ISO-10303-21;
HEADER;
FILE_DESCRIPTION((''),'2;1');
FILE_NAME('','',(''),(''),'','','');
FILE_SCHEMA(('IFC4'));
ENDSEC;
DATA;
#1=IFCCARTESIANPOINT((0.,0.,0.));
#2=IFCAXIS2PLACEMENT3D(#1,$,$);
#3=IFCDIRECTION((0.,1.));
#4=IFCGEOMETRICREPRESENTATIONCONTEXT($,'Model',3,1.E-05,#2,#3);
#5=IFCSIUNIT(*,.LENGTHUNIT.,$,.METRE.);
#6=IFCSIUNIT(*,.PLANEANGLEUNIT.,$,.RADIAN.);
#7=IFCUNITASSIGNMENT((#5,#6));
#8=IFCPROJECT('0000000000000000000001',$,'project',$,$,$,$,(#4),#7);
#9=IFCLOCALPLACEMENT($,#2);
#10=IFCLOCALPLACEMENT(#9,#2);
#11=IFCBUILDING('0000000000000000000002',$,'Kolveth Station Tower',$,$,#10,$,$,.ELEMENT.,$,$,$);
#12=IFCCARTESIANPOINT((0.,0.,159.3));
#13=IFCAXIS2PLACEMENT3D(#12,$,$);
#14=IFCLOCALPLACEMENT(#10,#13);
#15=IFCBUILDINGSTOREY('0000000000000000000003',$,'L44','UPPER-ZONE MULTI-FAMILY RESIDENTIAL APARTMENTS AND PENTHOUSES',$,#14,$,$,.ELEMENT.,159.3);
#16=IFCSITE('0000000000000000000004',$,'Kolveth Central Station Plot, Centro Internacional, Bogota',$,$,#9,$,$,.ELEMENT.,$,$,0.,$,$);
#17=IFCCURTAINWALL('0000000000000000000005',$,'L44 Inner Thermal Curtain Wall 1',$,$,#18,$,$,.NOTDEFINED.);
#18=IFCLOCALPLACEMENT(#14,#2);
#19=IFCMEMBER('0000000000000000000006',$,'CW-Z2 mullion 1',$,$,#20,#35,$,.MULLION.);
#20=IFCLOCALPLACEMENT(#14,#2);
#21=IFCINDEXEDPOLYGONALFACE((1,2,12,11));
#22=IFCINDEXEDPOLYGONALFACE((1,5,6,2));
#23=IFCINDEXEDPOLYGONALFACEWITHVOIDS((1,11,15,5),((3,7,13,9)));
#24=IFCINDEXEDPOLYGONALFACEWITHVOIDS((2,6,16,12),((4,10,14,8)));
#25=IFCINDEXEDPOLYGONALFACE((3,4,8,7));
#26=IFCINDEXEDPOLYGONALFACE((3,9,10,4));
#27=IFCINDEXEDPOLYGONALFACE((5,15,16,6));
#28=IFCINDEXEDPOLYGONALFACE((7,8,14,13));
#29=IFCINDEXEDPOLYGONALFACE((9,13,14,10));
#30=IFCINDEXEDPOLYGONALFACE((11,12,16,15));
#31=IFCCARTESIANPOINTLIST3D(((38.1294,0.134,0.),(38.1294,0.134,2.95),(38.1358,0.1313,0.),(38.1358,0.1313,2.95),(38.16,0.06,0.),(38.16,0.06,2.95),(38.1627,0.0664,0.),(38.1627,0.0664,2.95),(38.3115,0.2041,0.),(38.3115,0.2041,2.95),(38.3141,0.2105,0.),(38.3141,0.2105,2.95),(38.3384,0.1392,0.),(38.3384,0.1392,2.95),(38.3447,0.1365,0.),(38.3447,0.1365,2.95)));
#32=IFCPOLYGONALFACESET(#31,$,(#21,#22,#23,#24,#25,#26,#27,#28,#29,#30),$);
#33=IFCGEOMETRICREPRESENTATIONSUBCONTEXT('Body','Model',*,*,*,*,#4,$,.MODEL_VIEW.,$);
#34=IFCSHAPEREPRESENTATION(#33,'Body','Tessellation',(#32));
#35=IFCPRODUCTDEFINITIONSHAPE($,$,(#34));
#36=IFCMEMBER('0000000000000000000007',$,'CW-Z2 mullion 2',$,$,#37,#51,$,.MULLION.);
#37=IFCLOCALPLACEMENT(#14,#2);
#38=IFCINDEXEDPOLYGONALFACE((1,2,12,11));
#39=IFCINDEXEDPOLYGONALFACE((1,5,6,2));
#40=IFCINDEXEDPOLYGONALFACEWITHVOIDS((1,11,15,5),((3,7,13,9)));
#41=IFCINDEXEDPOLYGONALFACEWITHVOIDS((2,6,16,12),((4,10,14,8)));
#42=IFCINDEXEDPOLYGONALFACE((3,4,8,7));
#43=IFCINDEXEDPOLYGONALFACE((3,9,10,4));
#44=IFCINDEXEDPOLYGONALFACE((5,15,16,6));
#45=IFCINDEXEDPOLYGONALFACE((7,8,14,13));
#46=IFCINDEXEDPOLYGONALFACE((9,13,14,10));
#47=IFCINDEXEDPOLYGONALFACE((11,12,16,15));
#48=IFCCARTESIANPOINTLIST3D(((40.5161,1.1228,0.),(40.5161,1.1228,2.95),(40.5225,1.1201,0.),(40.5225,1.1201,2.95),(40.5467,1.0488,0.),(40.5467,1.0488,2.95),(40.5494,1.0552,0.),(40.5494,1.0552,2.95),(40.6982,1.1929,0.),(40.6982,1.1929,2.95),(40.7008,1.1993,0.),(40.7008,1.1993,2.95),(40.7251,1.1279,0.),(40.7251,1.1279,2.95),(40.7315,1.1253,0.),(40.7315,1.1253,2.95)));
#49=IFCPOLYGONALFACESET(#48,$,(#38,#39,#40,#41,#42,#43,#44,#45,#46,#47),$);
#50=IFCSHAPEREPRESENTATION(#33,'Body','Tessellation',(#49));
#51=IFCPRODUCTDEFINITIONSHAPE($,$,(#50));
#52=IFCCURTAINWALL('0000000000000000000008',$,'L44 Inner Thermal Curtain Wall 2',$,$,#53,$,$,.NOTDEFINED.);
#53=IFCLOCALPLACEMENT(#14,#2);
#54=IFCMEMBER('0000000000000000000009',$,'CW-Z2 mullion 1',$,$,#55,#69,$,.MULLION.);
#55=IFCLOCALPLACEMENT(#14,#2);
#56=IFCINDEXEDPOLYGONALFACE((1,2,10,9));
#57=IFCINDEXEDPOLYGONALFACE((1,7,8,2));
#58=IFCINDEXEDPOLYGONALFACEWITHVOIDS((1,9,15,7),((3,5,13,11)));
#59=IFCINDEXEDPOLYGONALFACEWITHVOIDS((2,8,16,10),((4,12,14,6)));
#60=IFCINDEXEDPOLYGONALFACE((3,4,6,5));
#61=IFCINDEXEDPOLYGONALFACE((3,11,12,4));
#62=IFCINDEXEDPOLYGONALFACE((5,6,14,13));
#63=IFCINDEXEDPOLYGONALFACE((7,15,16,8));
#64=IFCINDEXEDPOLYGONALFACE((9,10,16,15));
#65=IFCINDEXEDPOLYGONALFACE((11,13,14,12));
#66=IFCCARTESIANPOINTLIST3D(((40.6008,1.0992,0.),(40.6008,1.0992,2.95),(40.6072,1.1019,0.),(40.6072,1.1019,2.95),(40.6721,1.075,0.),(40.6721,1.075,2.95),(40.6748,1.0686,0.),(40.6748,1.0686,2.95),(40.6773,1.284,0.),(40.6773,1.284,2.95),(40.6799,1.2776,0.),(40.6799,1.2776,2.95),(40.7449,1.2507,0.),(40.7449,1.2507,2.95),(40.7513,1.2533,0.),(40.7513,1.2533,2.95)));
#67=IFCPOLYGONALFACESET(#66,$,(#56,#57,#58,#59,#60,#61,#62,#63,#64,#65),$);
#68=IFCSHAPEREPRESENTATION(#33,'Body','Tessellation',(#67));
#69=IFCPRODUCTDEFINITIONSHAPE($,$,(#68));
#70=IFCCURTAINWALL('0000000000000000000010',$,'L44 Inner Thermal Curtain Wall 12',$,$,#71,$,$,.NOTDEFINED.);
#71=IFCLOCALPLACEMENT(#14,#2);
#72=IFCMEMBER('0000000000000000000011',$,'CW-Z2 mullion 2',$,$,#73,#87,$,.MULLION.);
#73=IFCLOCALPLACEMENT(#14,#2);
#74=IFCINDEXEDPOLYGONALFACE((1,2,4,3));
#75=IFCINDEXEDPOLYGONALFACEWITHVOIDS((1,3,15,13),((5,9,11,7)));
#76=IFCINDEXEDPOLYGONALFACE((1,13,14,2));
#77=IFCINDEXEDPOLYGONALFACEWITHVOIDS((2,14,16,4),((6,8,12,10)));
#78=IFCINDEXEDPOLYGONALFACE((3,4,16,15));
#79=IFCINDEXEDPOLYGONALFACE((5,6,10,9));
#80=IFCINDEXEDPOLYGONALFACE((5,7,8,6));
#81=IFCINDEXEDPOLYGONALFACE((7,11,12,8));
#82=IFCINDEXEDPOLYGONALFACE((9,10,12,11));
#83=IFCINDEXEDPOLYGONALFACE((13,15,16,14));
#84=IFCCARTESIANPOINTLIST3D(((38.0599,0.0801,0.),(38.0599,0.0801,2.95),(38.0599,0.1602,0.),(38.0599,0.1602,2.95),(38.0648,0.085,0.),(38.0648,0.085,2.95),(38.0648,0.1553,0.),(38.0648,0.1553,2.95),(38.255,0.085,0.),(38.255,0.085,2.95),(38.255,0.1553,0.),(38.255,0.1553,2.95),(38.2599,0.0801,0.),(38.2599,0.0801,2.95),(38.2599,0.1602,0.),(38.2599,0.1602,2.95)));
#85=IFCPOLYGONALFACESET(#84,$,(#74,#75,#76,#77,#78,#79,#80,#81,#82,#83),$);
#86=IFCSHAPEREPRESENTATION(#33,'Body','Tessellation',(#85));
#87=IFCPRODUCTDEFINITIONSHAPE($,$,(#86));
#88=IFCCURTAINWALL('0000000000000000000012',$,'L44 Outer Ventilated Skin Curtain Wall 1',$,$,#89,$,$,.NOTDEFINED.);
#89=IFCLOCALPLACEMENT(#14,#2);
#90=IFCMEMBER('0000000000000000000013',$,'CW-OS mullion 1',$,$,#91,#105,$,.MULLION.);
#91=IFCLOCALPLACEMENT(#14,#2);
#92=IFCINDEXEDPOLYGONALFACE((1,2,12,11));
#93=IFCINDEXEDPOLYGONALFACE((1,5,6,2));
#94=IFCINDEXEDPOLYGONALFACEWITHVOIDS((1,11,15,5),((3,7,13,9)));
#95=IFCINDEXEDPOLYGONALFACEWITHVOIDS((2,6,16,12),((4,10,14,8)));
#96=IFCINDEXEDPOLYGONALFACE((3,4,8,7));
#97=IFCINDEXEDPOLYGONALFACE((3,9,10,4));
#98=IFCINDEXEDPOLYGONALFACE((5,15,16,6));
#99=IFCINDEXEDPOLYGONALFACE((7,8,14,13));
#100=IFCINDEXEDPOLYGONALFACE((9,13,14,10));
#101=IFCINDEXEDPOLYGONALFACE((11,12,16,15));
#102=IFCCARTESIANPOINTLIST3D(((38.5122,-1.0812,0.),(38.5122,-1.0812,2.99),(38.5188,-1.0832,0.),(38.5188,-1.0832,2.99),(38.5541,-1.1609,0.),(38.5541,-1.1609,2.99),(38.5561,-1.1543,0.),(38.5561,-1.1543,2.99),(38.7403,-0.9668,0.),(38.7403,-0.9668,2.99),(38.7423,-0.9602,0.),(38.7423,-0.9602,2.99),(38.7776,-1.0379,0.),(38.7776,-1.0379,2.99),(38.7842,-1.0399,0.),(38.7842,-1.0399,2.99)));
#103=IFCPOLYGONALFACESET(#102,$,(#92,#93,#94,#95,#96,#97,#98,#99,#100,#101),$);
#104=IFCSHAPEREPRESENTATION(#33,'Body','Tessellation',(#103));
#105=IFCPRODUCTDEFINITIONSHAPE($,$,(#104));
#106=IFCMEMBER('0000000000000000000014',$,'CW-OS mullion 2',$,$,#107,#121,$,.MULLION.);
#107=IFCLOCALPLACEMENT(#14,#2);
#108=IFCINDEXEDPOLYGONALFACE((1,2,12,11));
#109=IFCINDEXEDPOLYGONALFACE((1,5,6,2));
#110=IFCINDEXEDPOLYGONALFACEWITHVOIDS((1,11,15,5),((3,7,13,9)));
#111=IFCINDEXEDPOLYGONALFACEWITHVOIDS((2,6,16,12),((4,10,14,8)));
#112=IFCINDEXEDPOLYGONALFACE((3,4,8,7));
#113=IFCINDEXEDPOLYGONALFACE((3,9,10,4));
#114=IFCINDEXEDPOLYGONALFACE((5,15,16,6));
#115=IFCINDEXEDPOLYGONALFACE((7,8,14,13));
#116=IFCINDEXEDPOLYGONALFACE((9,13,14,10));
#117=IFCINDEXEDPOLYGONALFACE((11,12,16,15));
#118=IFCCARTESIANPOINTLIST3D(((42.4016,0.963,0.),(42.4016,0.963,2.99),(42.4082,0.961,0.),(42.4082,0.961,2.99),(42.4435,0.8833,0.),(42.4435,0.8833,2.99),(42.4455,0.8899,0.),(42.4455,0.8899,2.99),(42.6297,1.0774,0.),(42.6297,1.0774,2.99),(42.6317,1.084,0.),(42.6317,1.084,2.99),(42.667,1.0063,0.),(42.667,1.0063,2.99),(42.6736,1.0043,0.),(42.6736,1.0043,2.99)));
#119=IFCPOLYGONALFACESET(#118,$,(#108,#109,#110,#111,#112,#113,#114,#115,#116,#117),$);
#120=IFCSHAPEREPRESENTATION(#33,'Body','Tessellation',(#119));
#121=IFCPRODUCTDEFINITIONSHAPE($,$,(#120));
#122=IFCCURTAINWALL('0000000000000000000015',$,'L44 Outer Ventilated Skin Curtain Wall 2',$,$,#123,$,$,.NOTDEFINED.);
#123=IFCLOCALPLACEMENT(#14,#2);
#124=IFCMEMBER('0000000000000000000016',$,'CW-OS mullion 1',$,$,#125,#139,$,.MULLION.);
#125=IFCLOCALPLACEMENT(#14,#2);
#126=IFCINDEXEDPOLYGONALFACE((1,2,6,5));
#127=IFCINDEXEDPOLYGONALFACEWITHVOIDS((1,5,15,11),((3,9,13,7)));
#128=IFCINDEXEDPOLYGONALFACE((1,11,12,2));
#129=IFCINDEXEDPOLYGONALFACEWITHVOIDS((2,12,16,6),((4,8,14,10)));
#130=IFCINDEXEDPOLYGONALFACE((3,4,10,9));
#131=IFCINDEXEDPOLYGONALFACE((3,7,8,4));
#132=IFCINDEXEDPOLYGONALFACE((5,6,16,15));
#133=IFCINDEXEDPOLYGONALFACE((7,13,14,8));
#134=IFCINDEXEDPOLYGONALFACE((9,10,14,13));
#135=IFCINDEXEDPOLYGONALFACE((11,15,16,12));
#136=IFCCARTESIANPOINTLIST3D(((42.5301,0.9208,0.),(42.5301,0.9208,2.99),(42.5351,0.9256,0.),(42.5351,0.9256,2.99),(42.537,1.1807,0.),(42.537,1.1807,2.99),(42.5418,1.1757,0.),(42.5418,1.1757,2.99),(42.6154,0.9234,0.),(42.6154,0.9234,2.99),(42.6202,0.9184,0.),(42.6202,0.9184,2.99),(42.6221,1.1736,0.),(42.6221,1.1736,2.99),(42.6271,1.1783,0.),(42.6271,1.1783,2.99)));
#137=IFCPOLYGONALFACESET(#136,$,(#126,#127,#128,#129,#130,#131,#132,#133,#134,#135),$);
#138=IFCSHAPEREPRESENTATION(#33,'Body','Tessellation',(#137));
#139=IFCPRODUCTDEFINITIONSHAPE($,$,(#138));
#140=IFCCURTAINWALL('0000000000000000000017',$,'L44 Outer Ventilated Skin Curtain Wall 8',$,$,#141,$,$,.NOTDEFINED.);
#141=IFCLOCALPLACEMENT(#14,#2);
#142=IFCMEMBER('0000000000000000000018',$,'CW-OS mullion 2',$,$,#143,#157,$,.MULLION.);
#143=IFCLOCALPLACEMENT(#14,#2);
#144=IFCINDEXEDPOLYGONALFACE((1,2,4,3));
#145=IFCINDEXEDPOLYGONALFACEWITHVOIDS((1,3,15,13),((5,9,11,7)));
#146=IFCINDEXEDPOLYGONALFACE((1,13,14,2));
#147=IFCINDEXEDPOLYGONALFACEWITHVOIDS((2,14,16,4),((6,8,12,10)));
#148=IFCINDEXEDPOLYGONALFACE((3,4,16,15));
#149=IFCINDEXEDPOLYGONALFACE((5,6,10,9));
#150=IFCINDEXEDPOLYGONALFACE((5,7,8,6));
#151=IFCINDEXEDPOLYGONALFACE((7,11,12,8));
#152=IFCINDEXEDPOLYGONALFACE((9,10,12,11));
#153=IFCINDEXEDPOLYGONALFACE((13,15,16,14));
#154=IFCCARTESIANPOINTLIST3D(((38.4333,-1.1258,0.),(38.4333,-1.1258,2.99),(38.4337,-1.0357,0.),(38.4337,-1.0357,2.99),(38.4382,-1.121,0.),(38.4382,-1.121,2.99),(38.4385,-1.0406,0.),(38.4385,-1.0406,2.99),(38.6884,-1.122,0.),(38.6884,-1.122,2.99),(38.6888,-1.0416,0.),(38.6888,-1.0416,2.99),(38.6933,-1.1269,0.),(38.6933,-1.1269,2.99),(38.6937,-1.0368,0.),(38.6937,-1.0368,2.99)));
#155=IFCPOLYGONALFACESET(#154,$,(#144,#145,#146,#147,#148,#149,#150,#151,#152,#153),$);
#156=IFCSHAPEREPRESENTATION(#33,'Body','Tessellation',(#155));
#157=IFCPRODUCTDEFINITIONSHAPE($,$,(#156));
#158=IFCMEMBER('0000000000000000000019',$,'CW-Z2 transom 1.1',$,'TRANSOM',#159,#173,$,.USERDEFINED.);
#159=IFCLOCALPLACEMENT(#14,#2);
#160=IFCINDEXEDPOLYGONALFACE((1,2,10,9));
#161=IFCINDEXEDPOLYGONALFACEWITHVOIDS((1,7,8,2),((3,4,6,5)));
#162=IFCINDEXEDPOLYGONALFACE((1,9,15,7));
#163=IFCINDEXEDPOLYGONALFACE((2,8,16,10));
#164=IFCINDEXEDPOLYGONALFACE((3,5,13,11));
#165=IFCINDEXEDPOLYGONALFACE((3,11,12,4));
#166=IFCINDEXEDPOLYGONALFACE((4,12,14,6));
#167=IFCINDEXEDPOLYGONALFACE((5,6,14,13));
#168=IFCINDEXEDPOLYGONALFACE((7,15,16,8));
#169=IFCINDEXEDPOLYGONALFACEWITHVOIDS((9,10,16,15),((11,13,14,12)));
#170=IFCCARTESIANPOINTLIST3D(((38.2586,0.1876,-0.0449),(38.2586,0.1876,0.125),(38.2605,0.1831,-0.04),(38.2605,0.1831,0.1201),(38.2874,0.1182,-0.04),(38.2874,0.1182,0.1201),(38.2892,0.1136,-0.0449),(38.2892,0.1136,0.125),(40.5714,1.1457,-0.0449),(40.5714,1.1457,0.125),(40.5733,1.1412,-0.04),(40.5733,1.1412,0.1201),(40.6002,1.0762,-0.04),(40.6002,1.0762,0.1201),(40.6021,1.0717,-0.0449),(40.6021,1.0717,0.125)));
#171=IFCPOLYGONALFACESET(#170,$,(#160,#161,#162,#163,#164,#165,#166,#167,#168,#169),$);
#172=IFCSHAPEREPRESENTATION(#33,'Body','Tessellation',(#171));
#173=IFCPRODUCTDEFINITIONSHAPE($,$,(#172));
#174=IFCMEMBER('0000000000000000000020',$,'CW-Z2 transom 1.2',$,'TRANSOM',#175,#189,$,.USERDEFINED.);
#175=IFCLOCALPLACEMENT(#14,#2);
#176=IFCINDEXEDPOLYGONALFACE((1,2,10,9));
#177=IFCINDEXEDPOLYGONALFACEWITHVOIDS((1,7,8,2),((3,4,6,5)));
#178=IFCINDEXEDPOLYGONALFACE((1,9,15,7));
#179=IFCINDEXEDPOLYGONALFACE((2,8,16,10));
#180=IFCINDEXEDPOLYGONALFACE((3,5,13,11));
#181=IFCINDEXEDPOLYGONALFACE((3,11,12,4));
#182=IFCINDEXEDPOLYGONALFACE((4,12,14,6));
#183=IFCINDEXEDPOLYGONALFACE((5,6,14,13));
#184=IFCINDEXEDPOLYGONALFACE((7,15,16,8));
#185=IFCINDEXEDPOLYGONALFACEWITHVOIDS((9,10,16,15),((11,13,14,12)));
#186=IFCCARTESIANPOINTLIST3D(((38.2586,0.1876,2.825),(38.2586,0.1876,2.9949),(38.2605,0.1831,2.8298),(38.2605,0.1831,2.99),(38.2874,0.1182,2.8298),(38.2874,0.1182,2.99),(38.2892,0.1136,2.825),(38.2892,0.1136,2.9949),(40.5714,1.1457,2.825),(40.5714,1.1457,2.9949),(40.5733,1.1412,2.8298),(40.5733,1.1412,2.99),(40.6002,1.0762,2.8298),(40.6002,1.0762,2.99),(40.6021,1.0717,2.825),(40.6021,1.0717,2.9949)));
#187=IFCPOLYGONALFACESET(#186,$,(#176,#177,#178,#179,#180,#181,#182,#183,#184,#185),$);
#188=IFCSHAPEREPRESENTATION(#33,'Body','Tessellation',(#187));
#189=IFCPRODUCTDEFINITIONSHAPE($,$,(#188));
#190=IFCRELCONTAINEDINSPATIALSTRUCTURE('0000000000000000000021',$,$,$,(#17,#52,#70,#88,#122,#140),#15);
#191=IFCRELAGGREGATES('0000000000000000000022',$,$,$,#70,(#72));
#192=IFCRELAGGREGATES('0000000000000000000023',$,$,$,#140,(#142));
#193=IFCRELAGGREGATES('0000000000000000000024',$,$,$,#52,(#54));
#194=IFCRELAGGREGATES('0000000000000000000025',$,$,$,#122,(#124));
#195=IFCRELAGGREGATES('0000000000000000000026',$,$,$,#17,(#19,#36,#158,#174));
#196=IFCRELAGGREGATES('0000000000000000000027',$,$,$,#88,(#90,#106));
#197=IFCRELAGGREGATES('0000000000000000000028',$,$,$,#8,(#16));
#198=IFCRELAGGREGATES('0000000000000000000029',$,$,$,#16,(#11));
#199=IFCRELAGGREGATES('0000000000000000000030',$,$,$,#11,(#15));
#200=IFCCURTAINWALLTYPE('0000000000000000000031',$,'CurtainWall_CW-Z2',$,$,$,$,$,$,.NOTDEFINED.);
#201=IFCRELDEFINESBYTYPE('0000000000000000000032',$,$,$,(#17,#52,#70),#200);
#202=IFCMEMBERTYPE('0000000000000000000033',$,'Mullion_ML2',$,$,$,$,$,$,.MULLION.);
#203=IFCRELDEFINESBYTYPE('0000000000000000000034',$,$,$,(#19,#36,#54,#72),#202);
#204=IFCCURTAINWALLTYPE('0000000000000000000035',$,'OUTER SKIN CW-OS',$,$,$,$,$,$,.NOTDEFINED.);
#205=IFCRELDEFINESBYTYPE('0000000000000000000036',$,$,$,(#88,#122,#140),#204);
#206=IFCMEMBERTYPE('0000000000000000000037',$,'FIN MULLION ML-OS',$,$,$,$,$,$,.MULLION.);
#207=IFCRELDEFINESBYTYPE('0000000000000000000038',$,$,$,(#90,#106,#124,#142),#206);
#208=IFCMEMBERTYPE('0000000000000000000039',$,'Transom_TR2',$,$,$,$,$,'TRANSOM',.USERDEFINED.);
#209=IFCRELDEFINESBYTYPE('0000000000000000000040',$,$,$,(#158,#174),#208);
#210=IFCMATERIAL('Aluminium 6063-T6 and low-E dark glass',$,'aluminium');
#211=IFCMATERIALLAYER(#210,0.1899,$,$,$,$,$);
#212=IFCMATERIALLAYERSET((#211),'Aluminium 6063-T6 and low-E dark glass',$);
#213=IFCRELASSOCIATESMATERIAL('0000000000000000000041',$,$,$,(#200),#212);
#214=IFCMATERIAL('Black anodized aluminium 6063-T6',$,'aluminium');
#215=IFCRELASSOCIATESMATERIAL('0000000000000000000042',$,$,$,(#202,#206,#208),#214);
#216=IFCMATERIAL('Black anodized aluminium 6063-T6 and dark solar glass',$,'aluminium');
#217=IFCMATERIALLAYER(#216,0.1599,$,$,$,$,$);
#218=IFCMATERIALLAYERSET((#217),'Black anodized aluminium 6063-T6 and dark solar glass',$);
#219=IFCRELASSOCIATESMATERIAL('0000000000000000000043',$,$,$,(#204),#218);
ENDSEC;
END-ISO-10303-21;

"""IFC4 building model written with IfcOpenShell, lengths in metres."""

from ifc_helpers import new_model, si_unit, direction, frame, origin, origin_2d, place, context, subcontext, project, spatial, hollow_rectangle, extrude, source, transform, mapped, material, layer, layer_set, material_profile, profile_set, type_object, element, aggregate, save


model = new_model("IFC4")

# Units and contexts
model_context = context("Model", 3, precision=1e-05, world=origin(), true_north=direction((0.0, 1.0)))
body_context = subcontext(model_context, "Body", "Model", "MODEL_VIEW")
ifc_project = project(units=[si_unit("LENGTHUNIT", "METRE"), si_unit("PLANEANGLEUNIT", "RADIAN")], contexts=[model_context])

# Site, building, storey
site_placement = place(None, origin())
site = spatial("IfcSite", under=ifc_project, at=site_placement, Name="Kolveth Central Station Plot, Centro Internacional, Bogota", CompositionType="ELEMENT", RefElevation=0.0)
building_placement = place(site_placement, origin())
building = spatial("IfcBuilding", under=site, at=building_placement, Name="Kolveth Station Tower", CompositionType="ELEMENT")
storey_placement = place(building_placement, frame((0.0, 0.0, 159.3)))
storey = spatial("IfcBuildingStorey", under=building, at=storey_placement, Name="L44", Description="UPPER-ZONE MULTI-FAMILY RESIDENTIAL APARTMENTS AND PENTHOUSES", CompositionType="ELEMENT", Elevation=159.3)

# Curtain wall, members
ifc_material_1 = material(Name="Aluminium 6063-T6 and low-E dark glass", Category="aluminium")
ifc_layer_1 = layer(ifc_material_1, 0.1899)
ifc_layer_set_1 = layer_set([ifc_layer_1], Name="Aluminium 6063-T6 and low-E dark glass")
curtain_wall_type_1 = type_object("IfcCurtainWallType", Name="CurtainWall_CW-Z2", PredefinedType="NOTDEFINED", material=ifc_layer_set_1)
curtain_wall_1_placement = place(storey_placement, origin())
curtain_wall_1 = element("IfcCurtainWall", 1, at=curtain_wall_1_placement, inside=storey, type_object=curtain_wall_type_1, Name="L44 Inner Thermal Curtain Wall 1", PredefinedType="NOTDEFINED")
ifc_material_2 = material(Name="Black anodized aluminium 6063-T6", Category="aluminium")
ifc_material_profile_1 = material_profile(ifc_material_2, hollow_rectangle(XDim=0.0801, YDim=0.2, WallThickness=0.0049, at=origin_2d()), Name="ALU-80x200x5")
ifc_profile_set_1 = profile_set([ifc_material_profile_1], Name="Black anodized aluminium 6063-T6")
member_type_1 = type_object("IfcMemberType", Name="Mullion_ML2", PredefinedType="MULLION", material=ifc_profile_set_1)
shared_shape_1 = source(origin(), body_context, "Body", "SweptSolid", [
    extrude(hollow_rectangle(XDim=0.0801, YDim=0.2, WallThickness=0.0049, at=origin_2d()), origin(), (0.0, 0.0, 1.0), 2.95),
])
member_1_placement = place(storey_placement, frame((38.2371, 0.1353, 0.0), z_axis=(0.0, 0.0, 1.0), x_axis=(-0.382698, 0.923874, 0.0)))
member_1 = element("IfcMember", 2, at=member_1_placement, type_object=member_type_1, Name="CW-Z2 mullion 1", PredefinedType="MULLION", context=body_context, shape_type="MappedRepresentation", body=[
    mapped(shared_shape_1, transform((0.0, 0.0, 0.0), x_axis=(1.0, 0.0, 0.0), y_axis=(0.0, 1.0, 0.0), z_axis=(0.0, 0.0, 1.0), scale=1.0)),
])
member_2_placement = place(storey_placement, frame((40.6238, 1.124, 0.0), z_axis=(0.0, 0.0, 1.0), x_axis=(-0.382698, 0.923874, 0.0)))
member_2 = element("IfcMember", 3, at=member_2_placement, type_object=member_type_1, Name="CW-Z2 mullion 2", PredefinedType="MULLION", context=body_context, shape_type="MappedRepresentation", body=[
    mapped(shared_shape_1, transform((0.0, 0.0, 0.0), x_axis=(1.0, 0.0, 0.0), y_axis=(0.0, 1.0, 0.0), z_axis=(0.0, 0.0, 1.0), scale=1.0)),
])

# Curtain walls, members
curtain_wall_2_placement = place(storey_placement, origin())
curtain_wall_2 = element("IfcCurtainWall", 4, at=curtain_wall_2_placement, inside=storey, type_object=curtain_wall_type_1, Name="L44 Inner Thermal Curtain Wall 2", PredefinedType="NOTDEFINED")
member_3_placement = place(storey_placement, frame((40.676, 1.1763, 0.0), z_axis=(0.0, 0.0, 1.0), x_axis=(-0.923874, 0.382698, 0.0)))
member_3 = element("IfcMember", 5, at=member_3_placement, type_object=member_type_1, Name="CW-Z2 mullion 1", PredefinedType="MULLION", context=body_context, shape_type="MappedRepresentation", body=[
    mapped(shared_shape_1, transform((0.0, 0.0, 0.0), x_axis=(1.0, 0.0, 0.0), y_axis=(0.0, 1.0, 0.0), z_axis=(0.0, 0.0, 1.0), scale=1.0)),
])
curtain_wall_3_placement = place(storey_placement, origin())
curtain_wall_3 = element("IfcCurtainWall", 6, at=curtain_wall_3_placement, inside=storey, type_object=curtain_wall_type_1, Name="L44 Inner Thermal Curtain Wall 12", PredefinedType="NOTDEFINED")
member_4_placement = place(storey_placement, frame((38.1599, 0.1201, 0.0), z_axis=(0.0, 0.0, 1.0), x_axis=(0.0, 1.0, 0.0)))
member_4 = element("IfcMember", 7, at=member_4_placement, type_object=member_type_1, Name="CW-Z2 mullion 2", PredefinedType="MULLION", context=body_context, shape_type="MappedRepresentation", body=[
    mapped(shared_shape_1, transform((0.0, 0.0, 0.0), x_axis=(1.0, 0.0, 0.0), y_axis=(0.0, 1.0, 0.0), z_axis=(0.0, 0.0, 1.0), scale=1.0)),
])
aggregate(curtain_wall_3, [member_4])

# Curtain wall, members
ifc_material_3 = material(Name="Black anodized aluminium 6063-T6 and dark solar glass", Category="aluminium")
ifc_layer_2 = layer(ifc_material_3, 0.1599)
ifc_layer_set_2 = layer_set([ifc_layer_2], Name="Black anodized aluminium 6063-T6 and dark solar glass")
curtain_wall_type_2 = type_object("IfcCurtainWallType", Name="OUTER SKIN CW-OS", PredefinedType="NOTDEFINED", material=ifc_layer_set_2)
curtain_wall_4_placement = place(storey_placement, origin())
curtain_wall_4 = element("IfcCurtainWall", 8, at=curtain_wall_4_placement, inside=storey, type_object=curtain_wall_type_2, Name="L44 Outer Ventilated Skin Curtain Wall 1", PredefinedType="NOTDEFINED")
ifc_material_profile_2 = material_profile(ifc_material_2, hollow_rectangle(XDim=0.0901, YDim=0.26, WallThickness=0.0049, at=origin_2d()), Name="ALU-90x260x5")
ifc_profile_set_2 = profile_set([ifc_material_profile_2], Name="Black anodized aluminium 6063-T6")
member_type_2 = type_object("IfcMemberType", Name="FIN MULLION ML-OS", PredefinedType="MULLION", material=ifc_profile_set_2)
shared_shape_2 = source(origin(), body_context, "Body", "SweptSolid", [
    extrude(hollow_rectangle(XDim=0.0901, YDim=0.26, WallThickness=0.0049, at=origin_2d()), origin(), (0.0, 0.0, 1.0), 2.99),
])
member_5_placement = place(storey_placement, frame((38.6482, -1.0605, 0.0), z_axis=(0.0, 0.0, 1.0), x_axis=(-0.465222, 0.885194, 0.0)))
member_5 = element("IfcMember", 9, at=member_5_placement, type_object=member_type_2, Name="CW-OS mullion 1", PredefinedType="MULLION", context=body_context, shape_type="MappedRepresentation", body=[
    mapped(shared_shape_2, transform((0.0, 0.0, 0.0), x_axis=(1.0, 0.0, 0.0), y_axis=(0.0, 1.0, 0.0), z_axis=(0.0, 0.0, 1.0), scale=1.0)),
])
member_6_placement = place(storey_placement, frame((42.5376, 0.9836, 0.0), z_axis=(0.0, 0.0, 1.0), x_axis=(-0.465222, 0.885194, 0.0)))
member_6 = element("IfcMember", 10, at=member_6_placement, type_object=member_type_2, Name="CW-OS mullion 2", PredefinedType="MULLION", context=body_context, shape_type="MappedRepresentation", body=[
    mapped(shared_shape_2, transform((0.0, 0.0, 0.0), x_axis=(1.0, 0.0, 0.0), y_axis=(0.0, 1.0, 0.0), z_axis=(0.0, 0.0, 1.0), scale=1.0)),
])

# Curtain walls, members
curtain_wall_5_placement = place(storey_placement, origin())
curtain_wall_5 = element("IfcCurtainWall", 11, at=curtain_wall_5_placement, inside=storey, type_object=curtain_wall_type_2, Name="L44 Outer Ventilated Skin Curtain Wall 2", PredefinedType="NOTDEFINED")
member_7_placement = place(storey_placement, frame((42.5786, 1.0496, 0.0), z_axis=(0.0, 0.0, 1.0), x_axis=(-0.999645, 0.026637, 0.0)))
member_7 = element("IfcMember", 12, at=member_7_placement, type_object=member_type_2, Name="CW-OS mullion 1", PredefinedType="MULLION", context=body_context, shape_type="MappedRepresentation", body=[
    mapped(shared_shape_2, transform((0.0, 0.0, 0.0), x_axis=(1.0, 0.0, 0.0), y_axis=(0.0, 1.0, 0.0), z_axis=(0.0, 0.0, 1.0), scale=1.0)),
])
curtain_wall_6_placement = place(storey_placement, origin())
curtain_wall_6 = element("IfcCurtainWall", 13, at=curtain_wall_6_placement, inside=storey, type_object=curtain_wall_type_2, Name="L44 Outer Ventilated Skin Curtain Wall 8", PredefinedType="NOTDEFINED")
member_8_placement = place(storey_placement, frame((38.5635, -1.0813, 0.0), z_axis=(0.0, 0.0, 1.0), x_axis=(0.004005, 0.999992, 0.0)))
member_8 = element("IfcMember", 14, at=member_8_placement, type_object=member_type_2, Name="CW-OS mullion 2", PredefinedType="MULLION", context=body_context, shape_type="MappedRepresentation", body=[
    mapped(shared_shape_2, transform((0.0, 0.0, 0.0), x_axis=(1.0, 0.0, 0.0), y_axis=(0.0, 1.0, 0.0), z_axis=(0.0, 0.0, 1.0), scale=1.0)),
])
aggregate(curtain_wall_6, [member_8])

# Members
ifc_material_profile_3 = material_profile(ifc_material_2, hollow_rectangle(XDim=0.0801, YDim=0.1699, WallThickness=0.0049, at=origin_2d()), Name="ALU-80x170x5")
ifc_profile_set_3 = profile_set([ifc_material_profile_3], Name="Black anodized aluminium 6063-T6")
member_type_3 = type_object("IfcMemberType", Name="Transom_TR2", ElementType="TRANSOM", PredefinedType="USERDEFINED", material=ifc_profile_set_3)
shared_shape_3 = source(origin(), body_context, "Body", "SweptSolid", [
    extrude(hollow_rectangle(XDim=0.0801, YDim=0.1699, WallThickness=0.0049, at=origin_2d()), origin(), (0.0, 0.0, 1.0), 2.5034),
])
member_9_placement = place(storey_placement, frame((38.2739, 0.1506, 0.04), z_axis=(0.923874, 0.382696, 0.0), x_axis=(-0.382696, 0.923874, 0.0)))
member_9 = element("IfcMember", 15, at=member_9_placement, type_object=member_type_3, Name="CW-Z2 transom 1.1", ObjectType="TRANSOM", PredefinedType="USERDEFINED", context=body_context, shape_type="MappedRepresentation", body=[
    mapped(shared_shape_3, transform((0.0, 0.0, 0.0), x_axis=(1.0, 0.0, 0.0), y_axis=(0.0, 1.0, 0.0), z_axis=(0.0, 0.0, 1.0), scale=1.0)),
])
member_10_placement = place(storey_placement, frame((38.2739, 0.1506, 2.9099), z_axis=(0.923874, 0.382696, 0.0), x_axis=(-0.382696, 0.923874, 0.0)))
member_10 = element("IfcMember", 16, at=member_10_placement, type_object=member_type_3, Name="CW-Z2 transom 1.2", ObjectType="TRANSOM", PredefinedType="USERDEFINED", context=body_context, shape_type="MappedRepresentation", body=[
    mapped(shared_shape_3, transform((0.0, 0.0, 0.0), x_axis=(1.0, 0.0, 0.0), y_axis=(0.0, 1.0, 0.0), z_axis=(0.0, 0.0, 1.0), scale=1.0)),
])
aggregate(curtain_wall_2, [member_3])
aggregate(curtain_wall_5, [member_7])

aggregate(curtain_wall_1, [member_1, member_2, member_9, member_10])
aggregate(curtain_wall_4, [member_5, member_6])

save(model, "model.ifc")
